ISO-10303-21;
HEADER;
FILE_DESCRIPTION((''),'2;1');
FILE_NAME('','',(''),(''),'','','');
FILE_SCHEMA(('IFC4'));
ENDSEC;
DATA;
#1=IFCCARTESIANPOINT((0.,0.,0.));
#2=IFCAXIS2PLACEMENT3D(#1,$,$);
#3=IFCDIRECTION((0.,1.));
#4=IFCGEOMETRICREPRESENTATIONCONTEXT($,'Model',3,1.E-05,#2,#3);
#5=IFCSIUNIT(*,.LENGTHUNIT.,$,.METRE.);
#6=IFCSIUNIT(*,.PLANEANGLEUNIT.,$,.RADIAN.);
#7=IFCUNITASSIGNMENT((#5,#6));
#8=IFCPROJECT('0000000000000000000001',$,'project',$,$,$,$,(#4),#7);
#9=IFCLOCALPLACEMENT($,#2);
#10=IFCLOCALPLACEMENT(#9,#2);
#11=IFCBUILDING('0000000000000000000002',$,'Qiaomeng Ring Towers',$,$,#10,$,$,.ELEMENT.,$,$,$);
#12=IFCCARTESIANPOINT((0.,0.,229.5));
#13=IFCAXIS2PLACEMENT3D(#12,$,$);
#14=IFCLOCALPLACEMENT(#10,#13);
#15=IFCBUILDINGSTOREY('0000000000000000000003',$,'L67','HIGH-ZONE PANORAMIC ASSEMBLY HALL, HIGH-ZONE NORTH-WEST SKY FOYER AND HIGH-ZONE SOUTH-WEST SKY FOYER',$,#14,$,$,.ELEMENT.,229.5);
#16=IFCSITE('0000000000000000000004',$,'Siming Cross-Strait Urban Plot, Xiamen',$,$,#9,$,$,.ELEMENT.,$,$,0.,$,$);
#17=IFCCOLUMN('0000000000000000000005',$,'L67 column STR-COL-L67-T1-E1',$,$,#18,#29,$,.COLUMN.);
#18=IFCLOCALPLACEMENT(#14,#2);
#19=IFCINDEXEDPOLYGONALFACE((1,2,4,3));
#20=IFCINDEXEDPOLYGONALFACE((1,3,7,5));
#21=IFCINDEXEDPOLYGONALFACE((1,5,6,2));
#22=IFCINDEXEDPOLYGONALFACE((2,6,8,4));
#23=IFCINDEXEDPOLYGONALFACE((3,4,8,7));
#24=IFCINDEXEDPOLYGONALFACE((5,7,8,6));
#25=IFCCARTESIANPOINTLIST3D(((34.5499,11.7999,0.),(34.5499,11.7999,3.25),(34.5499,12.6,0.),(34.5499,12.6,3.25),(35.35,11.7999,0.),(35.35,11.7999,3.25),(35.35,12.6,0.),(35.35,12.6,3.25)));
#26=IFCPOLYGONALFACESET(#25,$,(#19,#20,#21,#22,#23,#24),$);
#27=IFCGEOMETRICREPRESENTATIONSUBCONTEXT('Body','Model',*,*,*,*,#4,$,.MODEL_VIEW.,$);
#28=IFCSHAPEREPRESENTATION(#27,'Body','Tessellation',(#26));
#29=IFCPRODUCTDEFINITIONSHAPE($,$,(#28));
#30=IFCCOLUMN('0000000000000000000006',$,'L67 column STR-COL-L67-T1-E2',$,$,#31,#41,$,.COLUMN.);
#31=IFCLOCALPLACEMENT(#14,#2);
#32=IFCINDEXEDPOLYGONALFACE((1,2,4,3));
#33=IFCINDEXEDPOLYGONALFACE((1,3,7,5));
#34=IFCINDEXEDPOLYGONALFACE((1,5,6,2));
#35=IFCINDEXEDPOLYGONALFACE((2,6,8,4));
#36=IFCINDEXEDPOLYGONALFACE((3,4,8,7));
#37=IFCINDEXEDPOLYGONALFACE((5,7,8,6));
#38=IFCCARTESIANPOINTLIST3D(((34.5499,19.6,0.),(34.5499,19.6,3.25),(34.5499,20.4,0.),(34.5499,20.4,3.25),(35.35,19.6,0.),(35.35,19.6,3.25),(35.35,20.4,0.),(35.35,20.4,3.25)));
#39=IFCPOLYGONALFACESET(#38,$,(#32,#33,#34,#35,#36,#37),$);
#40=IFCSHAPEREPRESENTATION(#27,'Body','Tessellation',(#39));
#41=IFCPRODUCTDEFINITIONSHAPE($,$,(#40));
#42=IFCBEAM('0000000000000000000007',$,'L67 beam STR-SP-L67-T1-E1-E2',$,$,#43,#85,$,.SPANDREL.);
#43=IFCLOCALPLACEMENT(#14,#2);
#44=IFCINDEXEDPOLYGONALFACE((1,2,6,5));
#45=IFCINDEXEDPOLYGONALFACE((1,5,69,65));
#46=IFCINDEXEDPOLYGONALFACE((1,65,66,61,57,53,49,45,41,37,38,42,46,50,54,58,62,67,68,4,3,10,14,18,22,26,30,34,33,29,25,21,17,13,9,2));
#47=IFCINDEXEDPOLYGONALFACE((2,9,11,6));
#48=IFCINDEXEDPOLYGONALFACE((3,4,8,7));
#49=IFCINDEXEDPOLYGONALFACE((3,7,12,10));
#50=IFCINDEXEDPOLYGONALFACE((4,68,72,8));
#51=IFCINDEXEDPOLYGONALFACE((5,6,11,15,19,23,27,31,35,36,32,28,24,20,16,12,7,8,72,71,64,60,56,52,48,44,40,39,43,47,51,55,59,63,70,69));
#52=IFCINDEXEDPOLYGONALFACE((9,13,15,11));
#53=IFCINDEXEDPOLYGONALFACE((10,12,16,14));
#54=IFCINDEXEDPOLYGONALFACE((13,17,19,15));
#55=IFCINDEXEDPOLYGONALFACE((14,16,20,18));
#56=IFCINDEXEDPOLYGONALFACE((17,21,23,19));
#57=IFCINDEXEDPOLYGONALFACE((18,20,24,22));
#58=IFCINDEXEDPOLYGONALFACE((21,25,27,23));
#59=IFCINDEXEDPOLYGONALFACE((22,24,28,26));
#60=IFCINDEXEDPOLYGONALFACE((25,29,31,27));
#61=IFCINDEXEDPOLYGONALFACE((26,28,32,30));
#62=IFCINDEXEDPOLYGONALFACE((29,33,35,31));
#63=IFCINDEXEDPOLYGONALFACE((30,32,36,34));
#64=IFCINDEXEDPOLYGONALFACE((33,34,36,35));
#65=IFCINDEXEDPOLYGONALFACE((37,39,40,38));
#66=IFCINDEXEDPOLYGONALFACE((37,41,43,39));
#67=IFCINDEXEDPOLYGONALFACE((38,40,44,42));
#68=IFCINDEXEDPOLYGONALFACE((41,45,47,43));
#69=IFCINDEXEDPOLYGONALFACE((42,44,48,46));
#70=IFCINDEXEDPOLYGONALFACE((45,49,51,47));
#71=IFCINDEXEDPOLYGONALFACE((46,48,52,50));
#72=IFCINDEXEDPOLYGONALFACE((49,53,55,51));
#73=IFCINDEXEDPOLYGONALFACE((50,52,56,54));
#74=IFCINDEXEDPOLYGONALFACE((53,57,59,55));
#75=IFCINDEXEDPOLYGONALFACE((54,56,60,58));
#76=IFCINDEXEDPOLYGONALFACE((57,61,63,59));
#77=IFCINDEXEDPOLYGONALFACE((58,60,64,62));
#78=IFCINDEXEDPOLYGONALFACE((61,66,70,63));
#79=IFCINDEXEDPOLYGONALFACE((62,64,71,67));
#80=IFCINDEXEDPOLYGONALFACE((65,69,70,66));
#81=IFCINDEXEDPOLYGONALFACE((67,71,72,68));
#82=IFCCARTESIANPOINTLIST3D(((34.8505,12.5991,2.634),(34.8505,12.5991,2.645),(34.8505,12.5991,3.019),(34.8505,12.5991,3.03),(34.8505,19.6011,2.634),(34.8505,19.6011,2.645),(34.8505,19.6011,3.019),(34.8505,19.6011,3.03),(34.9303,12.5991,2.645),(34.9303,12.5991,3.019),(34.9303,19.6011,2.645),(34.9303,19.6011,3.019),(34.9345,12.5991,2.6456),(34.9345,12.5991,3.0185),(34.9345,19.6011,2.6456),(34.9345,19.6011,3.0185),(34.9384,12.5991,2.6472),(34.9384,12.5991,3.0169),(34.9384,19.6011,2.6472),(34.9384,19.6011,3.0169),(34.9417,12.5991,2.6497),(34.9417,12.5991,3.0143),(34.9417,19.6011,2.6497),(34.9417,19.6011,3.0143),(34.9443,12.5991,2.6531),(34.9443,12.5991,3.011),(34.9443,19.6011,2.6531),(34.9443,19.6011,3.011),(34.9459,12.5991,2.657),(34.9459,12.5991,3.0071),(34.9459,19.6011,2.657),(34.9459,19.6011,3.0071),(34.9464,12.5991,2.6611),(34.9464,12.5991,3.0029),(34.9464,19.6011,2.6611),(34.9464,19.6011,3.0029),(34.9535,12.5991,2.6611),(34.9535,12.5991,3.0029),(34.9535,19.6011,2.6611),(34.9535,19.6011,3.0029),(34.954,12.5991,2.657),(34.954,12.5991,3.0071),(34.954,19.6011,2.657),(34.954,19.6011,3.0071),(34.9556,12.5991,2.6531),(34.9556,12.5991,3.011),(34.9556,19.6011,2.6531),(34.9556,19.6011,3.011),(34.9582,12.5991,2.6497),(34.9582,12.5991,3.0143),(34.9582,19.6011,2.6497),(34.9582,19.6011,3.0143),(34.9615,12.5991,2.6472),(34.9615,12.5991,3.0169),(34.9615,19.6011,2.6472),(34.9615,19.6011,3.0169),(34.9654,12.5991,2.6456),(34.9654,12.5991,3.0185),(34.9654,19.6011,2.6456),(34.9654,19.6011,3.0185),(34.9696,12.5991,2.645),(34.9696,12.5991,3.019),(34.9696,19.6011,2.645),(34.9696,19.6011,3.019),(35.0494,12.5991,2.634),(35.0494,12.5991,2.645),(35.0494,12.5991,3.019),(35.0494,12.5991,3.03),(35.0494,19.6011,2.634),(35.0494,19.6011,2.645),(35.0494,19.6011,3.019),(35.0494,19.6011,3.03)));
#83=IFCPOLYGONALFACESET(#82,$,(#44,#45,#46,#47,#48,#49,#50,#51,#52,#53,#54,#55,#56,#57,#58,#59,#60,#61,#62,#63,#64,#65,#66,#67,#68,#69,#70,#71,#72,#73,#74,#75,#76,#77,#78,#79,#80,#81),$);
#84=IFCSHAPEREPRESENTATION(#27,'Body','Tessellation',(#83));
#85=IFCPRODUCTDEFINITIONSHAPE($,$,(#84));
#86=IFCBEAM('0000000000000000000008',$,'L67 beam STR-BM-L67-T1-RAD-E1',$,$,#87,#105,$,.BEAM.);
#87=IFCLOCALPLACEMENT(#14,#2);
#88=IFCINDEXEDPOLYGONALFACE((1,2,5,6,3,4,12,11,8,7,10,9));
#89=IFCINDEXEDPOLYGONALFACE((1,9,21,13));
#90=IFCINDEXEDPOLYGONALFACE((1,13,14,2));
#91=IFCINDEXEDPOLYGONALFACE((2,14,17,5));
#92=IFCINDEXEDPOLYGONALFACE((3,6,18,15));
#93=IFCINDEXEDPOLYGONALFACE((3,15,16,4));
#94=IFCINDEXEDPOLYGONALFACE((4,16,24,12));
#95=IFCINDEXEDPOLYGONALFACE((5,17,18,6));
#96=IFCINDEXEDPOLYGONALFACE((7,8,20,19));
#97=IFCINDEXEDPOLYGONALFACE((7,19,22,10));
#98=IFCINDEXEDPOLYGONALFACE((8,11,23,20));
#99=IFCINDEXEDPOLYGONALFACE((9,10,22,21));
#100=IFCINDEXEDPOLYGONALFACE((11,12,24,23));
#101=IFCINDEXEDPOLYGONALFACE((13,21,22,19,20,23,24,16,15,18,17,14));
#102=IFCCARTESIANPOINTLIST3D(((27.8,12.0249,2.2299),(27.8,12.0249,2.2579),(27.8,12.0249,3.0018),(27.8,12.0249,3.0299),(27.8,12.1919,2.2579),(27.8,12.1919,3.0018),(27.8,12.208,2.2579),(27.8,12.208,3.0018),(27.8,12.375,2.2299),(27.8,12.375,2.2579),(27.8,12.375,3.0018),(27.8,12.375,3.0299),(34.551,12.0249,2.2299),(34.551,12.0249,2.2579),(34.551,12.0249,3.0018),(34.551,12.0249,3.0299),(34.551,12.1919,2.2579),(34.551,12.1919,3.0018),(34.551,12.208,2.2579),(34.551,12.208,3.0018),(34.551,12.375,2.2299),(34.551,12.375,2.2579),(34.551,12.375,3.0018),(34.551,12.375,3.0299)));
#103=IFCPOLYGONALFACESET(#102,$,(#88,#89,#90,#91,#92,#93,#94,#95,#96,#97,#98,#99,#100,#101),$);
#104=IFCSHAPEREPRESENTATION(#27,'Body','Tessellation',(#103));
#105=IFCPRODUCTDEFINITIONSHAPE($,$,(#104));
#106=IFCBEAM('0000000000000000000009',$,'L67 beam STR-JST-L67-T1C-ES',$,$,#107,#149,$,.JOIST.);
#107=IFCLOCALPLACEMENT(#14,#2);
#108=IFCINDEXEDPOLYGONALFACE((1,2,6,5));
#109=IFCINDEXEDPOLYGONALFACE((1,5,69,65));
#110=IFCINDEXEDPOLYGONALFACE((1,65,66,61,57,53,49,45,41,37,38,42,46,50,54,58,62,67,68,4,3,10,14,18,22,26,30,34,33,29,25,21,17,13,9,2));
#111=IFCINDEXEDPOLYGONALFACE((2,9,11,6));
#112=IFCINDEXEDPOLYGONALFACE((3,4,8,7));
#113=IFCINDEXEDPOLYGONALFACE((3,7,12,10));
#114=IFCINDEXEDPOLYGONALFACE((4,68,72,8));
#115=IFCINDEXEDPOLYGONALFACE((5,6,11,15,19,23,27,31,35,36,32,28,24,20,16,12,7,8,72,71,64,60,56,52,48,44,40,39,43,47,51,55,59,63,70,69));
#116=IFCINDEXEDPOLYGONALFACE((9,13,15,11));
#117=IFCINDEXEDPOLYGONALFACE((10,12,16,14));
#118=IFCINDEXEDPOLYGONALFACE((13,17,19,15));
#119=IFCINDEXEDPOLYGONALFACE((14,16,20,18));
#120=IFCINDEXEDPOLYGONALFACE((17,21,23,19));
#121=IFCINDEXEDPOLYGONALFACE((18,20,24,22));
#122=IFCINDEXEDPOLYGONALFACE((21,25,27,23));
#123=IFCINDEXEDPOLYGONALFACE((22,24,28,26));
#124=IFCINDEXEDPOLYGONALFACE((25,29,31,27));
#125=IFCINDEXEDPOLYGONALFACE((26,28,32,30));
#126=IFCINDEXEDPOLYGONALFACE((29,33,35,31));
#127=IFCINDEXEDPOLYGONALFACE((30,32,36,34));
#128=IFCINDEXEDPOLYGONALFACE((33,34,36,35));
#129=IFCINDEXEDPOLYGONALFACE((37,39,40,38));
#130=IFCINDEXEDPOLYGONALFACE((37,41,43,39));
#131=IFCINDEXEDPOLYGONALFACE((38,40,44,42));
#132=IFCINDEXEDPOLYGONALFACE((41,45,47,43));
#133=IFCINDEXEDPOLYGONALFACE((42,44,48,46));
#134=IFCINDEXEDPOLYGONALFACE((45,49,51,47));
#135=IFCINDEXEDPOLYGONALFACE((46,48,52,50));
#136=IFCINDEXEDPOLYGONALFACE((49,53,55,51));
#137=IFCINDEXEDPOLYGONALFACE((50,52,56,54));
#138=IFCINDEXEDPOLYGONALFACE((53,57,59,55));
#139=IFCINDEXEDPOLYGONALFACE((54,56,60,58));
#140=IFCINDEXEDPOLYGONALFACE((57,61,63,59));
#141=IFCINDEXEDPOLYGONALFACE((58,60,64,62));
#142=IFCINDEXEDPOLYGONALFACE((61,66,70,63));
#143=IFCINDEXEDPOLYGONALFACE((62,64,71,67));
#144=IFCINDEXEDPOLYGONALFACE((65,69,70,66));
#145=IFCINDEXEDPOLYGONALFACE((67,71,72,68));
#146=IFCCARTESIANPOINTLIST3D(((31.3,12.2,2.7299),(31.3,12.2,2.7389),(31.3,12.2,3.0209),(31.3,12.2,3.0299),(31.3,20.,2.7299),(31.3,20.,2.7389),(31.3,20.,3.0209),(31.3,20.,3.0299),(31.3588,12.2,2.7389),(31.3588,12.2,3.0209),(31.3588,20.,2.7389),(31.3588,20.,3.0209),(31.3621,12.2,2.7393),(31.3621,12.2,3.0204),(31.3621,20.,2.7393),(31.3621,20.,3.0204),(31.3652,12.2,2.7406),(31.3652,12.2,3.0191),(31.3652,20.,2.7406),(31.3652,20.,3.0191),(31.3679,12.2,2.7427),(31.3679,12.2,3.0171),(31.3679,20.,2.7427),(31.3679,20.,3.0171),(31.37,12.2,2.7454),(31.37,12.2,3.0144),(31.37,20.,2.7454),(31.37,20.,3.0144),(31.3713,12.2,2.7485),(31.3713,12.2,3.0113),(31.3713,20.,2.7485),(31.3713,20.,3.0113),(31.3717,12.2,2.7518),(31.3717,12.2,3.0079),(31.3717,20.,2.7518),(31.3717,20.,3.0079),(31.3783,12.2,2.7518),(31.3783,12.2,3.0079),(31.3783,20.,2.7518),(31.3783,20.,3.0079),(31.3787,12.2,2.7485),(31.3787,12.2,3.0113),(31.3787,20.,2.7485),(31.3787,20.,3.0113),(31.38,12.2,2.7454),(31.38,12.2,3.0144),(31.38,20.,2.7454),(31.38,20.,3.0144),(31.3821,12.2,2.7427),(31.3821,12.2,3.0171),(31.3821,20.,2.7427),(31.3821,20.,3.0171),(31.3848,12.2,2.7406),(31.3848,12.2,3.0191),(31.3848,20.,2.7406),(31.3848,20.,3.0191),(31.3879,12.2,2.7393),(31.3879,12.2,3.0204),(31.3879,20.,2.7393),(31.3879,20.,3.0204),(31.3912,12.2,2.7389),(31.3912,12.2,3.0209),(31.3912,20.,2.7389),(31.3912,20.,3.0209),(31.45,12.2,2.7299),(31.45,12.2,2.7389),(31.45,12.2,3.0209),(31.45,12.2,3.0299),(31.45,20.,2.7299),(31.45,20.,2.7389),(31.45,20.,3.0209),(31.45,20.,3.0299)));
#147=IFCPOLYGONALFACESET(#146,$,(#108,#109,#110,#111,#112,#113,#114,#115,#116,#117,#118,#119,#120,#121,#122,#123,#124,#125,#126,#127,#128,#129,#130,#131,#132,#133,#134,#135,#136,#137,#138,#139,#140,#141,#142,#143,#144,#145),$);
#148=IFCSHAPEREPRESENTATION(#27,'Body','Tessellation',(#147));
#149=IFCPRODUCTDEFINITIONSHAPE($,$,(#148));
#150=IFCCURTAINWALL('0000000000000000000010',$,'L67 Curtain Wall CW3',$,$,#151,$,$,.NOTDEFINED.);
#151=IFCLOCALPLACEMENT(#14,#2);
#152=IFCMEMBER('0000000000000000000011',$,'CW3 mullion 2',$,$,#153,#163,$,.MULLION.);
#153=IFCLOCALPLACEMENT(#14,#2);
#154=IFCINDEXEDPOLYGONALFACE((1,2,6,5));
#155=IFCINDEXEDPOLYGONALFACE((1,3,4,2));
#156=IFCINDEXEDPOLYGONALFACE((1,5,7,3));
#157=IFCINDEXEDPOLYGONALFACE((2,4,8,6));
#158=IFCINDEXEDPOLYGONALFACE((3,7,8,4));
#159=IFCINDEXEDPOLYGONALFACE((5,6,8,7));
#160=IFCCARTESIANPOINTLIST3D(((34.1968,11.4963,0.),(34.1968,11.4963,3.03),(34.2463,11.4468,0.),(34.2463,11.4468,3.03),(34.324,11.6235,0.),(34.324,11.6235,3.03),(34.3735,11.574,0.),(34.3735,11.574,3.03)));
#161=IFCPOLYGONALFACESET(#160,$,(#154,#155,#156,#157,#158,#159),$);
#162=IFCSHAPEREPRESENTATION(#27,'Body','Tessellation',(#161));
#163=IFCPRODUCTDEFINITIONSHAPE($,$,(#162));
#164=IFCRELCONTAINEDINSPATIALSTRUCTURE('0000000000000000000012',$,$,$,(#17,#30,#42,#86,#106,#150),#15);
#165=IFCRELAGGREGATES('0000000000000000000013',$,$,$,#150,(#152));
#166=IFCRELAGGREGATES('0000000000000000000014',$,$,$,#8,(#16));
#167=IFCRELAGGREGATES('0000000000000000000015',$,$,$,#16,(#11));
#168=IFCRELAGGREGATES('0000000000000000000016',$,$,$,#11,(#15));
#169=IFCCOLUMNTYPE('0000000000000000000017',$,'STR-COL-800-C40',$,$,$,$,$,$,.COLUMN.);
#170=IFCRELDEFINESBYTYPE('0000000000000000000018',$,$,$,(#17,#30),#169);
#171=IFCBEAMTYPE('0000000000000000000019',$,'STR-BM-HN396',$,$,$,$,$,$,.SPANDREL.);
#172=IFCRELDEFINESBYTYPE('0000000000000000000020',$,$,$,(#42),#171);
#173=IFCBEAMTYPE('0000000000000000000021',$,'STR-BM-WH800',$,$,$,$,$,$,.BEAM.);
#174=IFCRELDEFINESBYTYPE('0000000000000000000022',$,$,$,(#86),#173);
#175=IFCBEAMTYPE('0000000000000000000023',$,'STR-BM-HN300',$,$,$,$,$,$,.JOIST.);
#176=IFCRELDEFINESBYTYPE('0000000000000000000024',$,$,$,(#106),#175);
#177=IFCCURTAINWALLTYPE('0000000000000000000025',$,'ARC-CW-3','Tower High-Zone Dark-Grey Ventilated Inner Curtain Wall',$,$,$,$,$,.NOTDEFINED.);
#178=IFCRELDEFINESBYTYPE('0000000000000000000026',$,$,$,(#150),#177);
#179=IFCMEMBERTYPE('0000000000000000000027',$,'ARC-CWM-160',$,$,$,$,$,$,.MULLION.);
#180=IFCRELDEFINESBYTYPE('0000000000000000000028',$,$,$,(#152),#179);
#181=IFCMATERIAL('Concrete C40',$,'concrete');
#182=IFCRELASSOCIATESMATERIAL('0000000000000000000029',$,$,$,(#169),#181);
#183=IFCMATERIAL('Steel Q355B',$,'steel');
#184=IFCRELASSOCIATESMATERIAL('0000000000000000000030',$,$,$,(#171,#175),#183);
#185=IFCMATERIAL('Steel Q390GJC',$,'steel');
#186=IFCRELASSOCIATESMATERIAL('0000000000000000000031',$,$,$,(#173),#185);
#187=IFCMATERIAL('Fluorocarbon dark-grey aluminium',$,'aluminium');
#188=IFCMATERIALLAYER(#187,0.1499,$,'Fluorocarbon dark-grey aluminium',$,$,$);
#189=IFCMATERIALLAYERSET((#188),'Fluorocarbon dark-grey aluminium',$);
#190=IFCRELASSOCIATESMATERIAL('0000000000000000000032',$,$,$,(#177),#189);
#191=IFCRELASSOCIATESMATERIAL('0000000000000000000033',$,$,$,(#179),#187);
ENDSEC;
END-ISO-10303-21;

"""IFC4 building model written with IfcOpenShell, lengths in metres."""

from ifc_helpers import new_model, si_unit, direction, frame, origin, origin_2d, place, context, subcontext, project, spatial, rectangle, i_section, extrude, source, transform, mapped, material, layer, layer_set, material_profile, profile_set, type_object, element, aggregate, save


model = new_model("IFC4")

# Units and contexts
model_context = context("Model", 3, precision=1e-05, world=origin(), true_north=direction((0.0, 1.0)))
body_context = subcontext(model_context, "Body", "Model", "MODEL_VIEW")
ifc_project = project(units=[si_unit("LENGTHUNIT", "METRE"), si_unit("PLANEANGLEUNIT", "RADIAN")], contexts=[model_context])

# Site, building, storey
site_placement = place(None, origin())
site = spatial("IfcSite", under=ifc_project, at=site_placement, Name="Siming Cross-Strait Urban Plot, Xiamen", CompositionType="ELEMENT", RefElevation=0.0)
building_placement = place(site_placement, origin())
building = spatial("IfcBuilding", under=site, at=building_placement, Name="Qiaomeng Ring Towers", CompositionType="ELEMENT")
storey_placement = place(building_placement, frame((0.0, 0.0, 229.5)))
storey = spatial("IfcBuildingStorey", under=building, at=storey_placement, Name="L67", Description="HIGH-ZONE PANORAMIC ASSEMBLY HALL, HIGH-ZONE NORTH-WEST SKY FOYER AND HIGH-ZONE SOUTH-WEST SKY FOYER", CompositionType="ELEMENT", Elevation=229.5)

# Columns
ifc_material_1 = material(Name="Concrete C40", Category="concrete")
ifc_material_profile_1 = material_profile(ifc_material_1, rectangle(XDim=0.8, YDim=0.8, at=origin_2d()), Name="RC COL 800x800")
ifc_profile_set_1 = profile_set([ifc_material_profile_1], Name="Concrete C40")
column_type = type_object("IfcColumnType", Name="STR-COL-800-C40", PredefinedType="COLUMN", material=ifc_profile_set_1)
shared_shape_1 = source(origin(), body_context, "Body", "SweptSolid", [
    extrude(rectangle(XDim=0.8, YDim=0.8, at=origin_2d()), origin(), (0.0, 0.0, 1.0), 3.25),
])
for number, where, z_axis, x_axis, name in (
    (1, (34.95, 12.2, 0.0), (0.0, 0.0, 1.0), (1.0, 0.0, 0.0), "L67 column STR-COL-L67-T1-E1"),
    (2, (34.95, 20.0, 0.0), (0.0, 0.0, 1.0), (1.0, 0.0, 0.0), "L67 column STR-COL-L67-T1-E2"),
):
    element("IfcColumn", number, at=place(storey_placement, frame(where, z_axis=z_axis, x_axis=x_axis)), inside=storey, type_object=column_type, Name=name, PredefinedType="COLUMN", context=body_context, shape_type="MappedRepresentation", body=[
        mapped(shared_shape_1, transform((0.0, 0.0, 0.0), x_axis=(1.0, 0.0, 0.0), y_axis=(0.0, 1.0, 0.0), z_axis=(0.0, 0.0, 1.0), scale=1.0)),
    ])

# Beams
ifc_material_2 = material(Name="Steel Q355B", Category="steel")
ifc_material_profile_2 = material_profile(ifc_material_2, i_section(OverallWidth=0.199, OverallDepth=0.396, WebThickness=0.0071, FlangeThickness=0.011, FilletRadius=0.0161, at=origin_2d()), Name="HN 396x199x7x11")
ifc_profile_set_2 = profile_set([ifc_material_profile_2], Name="Steel Q355B")
beam_type_1 = type_object("IfcBeamType", Name="STR-BM-HN396", PredefinedType="SPANDREL", material=ifc_profile_set_2)
shared_shape_2 = source(origin(), body_context, "Body", "SweptSolid", [
    extrude(i_section(OverallWidth=0.199, OverallDepth=0.396, WebThickness=0.0071, FlangeThickness=0.011, FilletRadius=0.0161, at=origin_2d()), origin(), (0.0, 0.0, 1.0), 7.002),
])
beam_1_placement = place(storey_placement, frame((34.95, 12.5991, 2.832), z_axis=(0.0, 1.0, 0.0), x_axis=(-1.0, 0.0, 0.0)))
element("IfcBeam", 3, at=beam_1_placement, inside=storey, type_object=beam_type_1, Name="L67 beam STR-SP-L67-T1-E1-E2", PredefinedType="SPANDREL", context=body_context, shape_type="MappedRepresentation", body=[
    mapped(shared_shape_2, transform((0.0, 0.0, 0.0), x_axis=(1.0, 0.0, 0.0), y_axis=(0.0, 1.0, 0.0), z_axis=(0.0, 0.0, 1.0), scale=1.0)),
])
ifc_material_3 = material(Name="Steel Q390GJC", Category="steel")
ifc_material_profile_3 = material_profile(ifc_material_3, i_section(OverallWidth=0.3501, OverallDepth=0.8, WebThickness=0.0161, FlangeThickness=0.0281, at=origin_2d()), Name="WH 800x350x16x28")
ifc_profile_set_3 = profile_set([ifc_material_profile_3], Name="Steel Q390GJC")
beam_type_2 = type_object("IfcBeamType", Name="STR-BM-WH800", PredefinedType="BEAM", material=ifc_profile_set_3)
shared_shape_3 = source(origin(), body_context, "Body", "SweptSolid", [
    extrude(i_section(OverallWidth=0.3501, OverallDepth=0.8, WebThickness=0.0161, FlangeThickness=0.0281, at=origin_2d()), origin(), (0.0, 0.0, 1.0), 6.751),
])
beam_2_placement = place(storey_placement, frame((27.8, 12.2, 2.6299), z_axis=(1.0, 0.0, 0.0), x_axis=(0.0, 1.0, 0.0)))
element("IfcBeam", 4, at=beam_2_placement, inside=storey, type_object=beam_type_2, Name="L67 beam STR-BM-L67-T1-RAD-E1", PredefinedType="BEAM", context=body_context, shape_type="MappedRepresentation", body=[
    mapped(shared_shape_3, transform((0.0, 0.0, 0.0), x_axis=(1.0, 0.0, 0.0), y_axis=(0.0, 1.0, 0.0), z_axis=(0.0, 0.0, 1.0), scale=1.0)),
])
ifc_material_profile_4 = material_profile(ifc_material_2, i_section(OverallWidth=0.1499, OverallDepth=0.3, WebThickness=0.0066, FlangeThickness=0.009, FilletRadius=0.0129, at=origin_2d()), Name="HN 300x150x6.5x9")
ifc_profile_set_4 = profile_set([ifc_material_profile_4], Name="Steel Q355B")
beam_type_3 = type_object("IfcBeamType", Name="STR-BM-HN300", PredefinedType="JOIST", material=ifc_profile_set_4)
shared_shape_4 = source(origin(), body_context, "Body", "SweptSolid", [
    extrude(i_section(OverallWidth=0.1499, OverallDepth=0.3, WebThickness=0.0066, FlangeThickness=0.009, FilletRadius=0.0129, at=origin_2d()), origin(), (0.0, 0.0, 1.0), 7.8),
])
beam_3_placement = place(storey_placement, frame((31.375, 12.2, 2.8799), z_axis=(0.0, 1.0, 0.0), x_axis=(-1.0, 0.0, 0.0)))
element("IfcBeam", 5, at=beam_3_placement, inside=storey, type_object=beam_type_3, Name="L67 beam STR-JST-L67-T1C-ES", PredefinedType="JOIST", context=body_context, shape_type="MappedRepresentation", body=[
    mapped(shared_shape_4, transform((0.0, 0.0, 0.0), x_axis=(1.0, 0.0, 0.0), y_axis=(0.0, 1.0, 0.0), z_axis=(0.0, 0.0, 1.0), scale=1.0)),
])

# Curtain wall, member
ifc_material_4 = material(Name="Fluorocarbon dark-grey aluminium", Category="aluminium")
ifc_layer_1 = layer(ifc_material_4, 0.1499, Name="Fluorocarbon dark-grey aluminium")
ifc_layer_set_1 = layer_set([ifc_layer_1], Name="Fluorocarbon dark-grey aluminium")
curtain_wall_type = type_object("IfcCurtainWallType", Name="ARC-CW-3", Description="Tower High-Zone Dark-Grey Ventilated Inner Curtain Wall", PredefinedType="NOTDEFINED", material=ifc_layer_set_1)
curtain_wall_placement = place(storey_placement, origin())
curtain_wall = element("IfcCurtainWall", 6, at=curtain_wall_placement, inside=storey, type_object=curtain_wall_type, Name="L67 Curtain Wall CW3", PredefinedType="NOTDEFINED")
ifc_material_profile_5 = material_profile(ifc_material_4, rectangle(XDim=0.0701, YDim=0.1799, at=origin_2d()), Name="ALU MULL 70x180")
ifc_profile_set_5 = profile_set([ifc_material_profile_5], Name="Fluorocarbon dark-grey aluminium")
member_type = type_object("IfcMemberType", Name="ARC-CWM-160", PredefinedType="MULLION", material=ifc_profile_set_5)
shared_shape_5 = source(origin(), body_context, "Body", "SweptSolid", [
    extrude(rectangle(XDim=0.0701, YDim=0.1799, at=origin_2d()), origin(), (0.0, 0.0, 1.0), 3.03),
])
member_placement = place(storey_placement, frame((34.2852, 11.5352, 0.0), z_axis=(0.0, 0.0, 1.0), x_axis=(-0.707107, 0.707107, 0.0)))
member = element("IfcMember", 7, at=member_placement, type_object=member_type, Name="CW3 mullion 2", PredefinedType="MULLION", context=body_context, shape_type="MappedRepresentation", body=[
    mapped(shared_shape_5, transform((0.0, 0.0, 0.0), x_axis=(1.0, 0.0, 0.0), y_axis=(0.0, 1.0, 0.0), z_axis=(0.0, 0.0, 1.0), scale=1.0)),
])
aggregate(curtain_wall, [member])

save(model, "model.ifc")
